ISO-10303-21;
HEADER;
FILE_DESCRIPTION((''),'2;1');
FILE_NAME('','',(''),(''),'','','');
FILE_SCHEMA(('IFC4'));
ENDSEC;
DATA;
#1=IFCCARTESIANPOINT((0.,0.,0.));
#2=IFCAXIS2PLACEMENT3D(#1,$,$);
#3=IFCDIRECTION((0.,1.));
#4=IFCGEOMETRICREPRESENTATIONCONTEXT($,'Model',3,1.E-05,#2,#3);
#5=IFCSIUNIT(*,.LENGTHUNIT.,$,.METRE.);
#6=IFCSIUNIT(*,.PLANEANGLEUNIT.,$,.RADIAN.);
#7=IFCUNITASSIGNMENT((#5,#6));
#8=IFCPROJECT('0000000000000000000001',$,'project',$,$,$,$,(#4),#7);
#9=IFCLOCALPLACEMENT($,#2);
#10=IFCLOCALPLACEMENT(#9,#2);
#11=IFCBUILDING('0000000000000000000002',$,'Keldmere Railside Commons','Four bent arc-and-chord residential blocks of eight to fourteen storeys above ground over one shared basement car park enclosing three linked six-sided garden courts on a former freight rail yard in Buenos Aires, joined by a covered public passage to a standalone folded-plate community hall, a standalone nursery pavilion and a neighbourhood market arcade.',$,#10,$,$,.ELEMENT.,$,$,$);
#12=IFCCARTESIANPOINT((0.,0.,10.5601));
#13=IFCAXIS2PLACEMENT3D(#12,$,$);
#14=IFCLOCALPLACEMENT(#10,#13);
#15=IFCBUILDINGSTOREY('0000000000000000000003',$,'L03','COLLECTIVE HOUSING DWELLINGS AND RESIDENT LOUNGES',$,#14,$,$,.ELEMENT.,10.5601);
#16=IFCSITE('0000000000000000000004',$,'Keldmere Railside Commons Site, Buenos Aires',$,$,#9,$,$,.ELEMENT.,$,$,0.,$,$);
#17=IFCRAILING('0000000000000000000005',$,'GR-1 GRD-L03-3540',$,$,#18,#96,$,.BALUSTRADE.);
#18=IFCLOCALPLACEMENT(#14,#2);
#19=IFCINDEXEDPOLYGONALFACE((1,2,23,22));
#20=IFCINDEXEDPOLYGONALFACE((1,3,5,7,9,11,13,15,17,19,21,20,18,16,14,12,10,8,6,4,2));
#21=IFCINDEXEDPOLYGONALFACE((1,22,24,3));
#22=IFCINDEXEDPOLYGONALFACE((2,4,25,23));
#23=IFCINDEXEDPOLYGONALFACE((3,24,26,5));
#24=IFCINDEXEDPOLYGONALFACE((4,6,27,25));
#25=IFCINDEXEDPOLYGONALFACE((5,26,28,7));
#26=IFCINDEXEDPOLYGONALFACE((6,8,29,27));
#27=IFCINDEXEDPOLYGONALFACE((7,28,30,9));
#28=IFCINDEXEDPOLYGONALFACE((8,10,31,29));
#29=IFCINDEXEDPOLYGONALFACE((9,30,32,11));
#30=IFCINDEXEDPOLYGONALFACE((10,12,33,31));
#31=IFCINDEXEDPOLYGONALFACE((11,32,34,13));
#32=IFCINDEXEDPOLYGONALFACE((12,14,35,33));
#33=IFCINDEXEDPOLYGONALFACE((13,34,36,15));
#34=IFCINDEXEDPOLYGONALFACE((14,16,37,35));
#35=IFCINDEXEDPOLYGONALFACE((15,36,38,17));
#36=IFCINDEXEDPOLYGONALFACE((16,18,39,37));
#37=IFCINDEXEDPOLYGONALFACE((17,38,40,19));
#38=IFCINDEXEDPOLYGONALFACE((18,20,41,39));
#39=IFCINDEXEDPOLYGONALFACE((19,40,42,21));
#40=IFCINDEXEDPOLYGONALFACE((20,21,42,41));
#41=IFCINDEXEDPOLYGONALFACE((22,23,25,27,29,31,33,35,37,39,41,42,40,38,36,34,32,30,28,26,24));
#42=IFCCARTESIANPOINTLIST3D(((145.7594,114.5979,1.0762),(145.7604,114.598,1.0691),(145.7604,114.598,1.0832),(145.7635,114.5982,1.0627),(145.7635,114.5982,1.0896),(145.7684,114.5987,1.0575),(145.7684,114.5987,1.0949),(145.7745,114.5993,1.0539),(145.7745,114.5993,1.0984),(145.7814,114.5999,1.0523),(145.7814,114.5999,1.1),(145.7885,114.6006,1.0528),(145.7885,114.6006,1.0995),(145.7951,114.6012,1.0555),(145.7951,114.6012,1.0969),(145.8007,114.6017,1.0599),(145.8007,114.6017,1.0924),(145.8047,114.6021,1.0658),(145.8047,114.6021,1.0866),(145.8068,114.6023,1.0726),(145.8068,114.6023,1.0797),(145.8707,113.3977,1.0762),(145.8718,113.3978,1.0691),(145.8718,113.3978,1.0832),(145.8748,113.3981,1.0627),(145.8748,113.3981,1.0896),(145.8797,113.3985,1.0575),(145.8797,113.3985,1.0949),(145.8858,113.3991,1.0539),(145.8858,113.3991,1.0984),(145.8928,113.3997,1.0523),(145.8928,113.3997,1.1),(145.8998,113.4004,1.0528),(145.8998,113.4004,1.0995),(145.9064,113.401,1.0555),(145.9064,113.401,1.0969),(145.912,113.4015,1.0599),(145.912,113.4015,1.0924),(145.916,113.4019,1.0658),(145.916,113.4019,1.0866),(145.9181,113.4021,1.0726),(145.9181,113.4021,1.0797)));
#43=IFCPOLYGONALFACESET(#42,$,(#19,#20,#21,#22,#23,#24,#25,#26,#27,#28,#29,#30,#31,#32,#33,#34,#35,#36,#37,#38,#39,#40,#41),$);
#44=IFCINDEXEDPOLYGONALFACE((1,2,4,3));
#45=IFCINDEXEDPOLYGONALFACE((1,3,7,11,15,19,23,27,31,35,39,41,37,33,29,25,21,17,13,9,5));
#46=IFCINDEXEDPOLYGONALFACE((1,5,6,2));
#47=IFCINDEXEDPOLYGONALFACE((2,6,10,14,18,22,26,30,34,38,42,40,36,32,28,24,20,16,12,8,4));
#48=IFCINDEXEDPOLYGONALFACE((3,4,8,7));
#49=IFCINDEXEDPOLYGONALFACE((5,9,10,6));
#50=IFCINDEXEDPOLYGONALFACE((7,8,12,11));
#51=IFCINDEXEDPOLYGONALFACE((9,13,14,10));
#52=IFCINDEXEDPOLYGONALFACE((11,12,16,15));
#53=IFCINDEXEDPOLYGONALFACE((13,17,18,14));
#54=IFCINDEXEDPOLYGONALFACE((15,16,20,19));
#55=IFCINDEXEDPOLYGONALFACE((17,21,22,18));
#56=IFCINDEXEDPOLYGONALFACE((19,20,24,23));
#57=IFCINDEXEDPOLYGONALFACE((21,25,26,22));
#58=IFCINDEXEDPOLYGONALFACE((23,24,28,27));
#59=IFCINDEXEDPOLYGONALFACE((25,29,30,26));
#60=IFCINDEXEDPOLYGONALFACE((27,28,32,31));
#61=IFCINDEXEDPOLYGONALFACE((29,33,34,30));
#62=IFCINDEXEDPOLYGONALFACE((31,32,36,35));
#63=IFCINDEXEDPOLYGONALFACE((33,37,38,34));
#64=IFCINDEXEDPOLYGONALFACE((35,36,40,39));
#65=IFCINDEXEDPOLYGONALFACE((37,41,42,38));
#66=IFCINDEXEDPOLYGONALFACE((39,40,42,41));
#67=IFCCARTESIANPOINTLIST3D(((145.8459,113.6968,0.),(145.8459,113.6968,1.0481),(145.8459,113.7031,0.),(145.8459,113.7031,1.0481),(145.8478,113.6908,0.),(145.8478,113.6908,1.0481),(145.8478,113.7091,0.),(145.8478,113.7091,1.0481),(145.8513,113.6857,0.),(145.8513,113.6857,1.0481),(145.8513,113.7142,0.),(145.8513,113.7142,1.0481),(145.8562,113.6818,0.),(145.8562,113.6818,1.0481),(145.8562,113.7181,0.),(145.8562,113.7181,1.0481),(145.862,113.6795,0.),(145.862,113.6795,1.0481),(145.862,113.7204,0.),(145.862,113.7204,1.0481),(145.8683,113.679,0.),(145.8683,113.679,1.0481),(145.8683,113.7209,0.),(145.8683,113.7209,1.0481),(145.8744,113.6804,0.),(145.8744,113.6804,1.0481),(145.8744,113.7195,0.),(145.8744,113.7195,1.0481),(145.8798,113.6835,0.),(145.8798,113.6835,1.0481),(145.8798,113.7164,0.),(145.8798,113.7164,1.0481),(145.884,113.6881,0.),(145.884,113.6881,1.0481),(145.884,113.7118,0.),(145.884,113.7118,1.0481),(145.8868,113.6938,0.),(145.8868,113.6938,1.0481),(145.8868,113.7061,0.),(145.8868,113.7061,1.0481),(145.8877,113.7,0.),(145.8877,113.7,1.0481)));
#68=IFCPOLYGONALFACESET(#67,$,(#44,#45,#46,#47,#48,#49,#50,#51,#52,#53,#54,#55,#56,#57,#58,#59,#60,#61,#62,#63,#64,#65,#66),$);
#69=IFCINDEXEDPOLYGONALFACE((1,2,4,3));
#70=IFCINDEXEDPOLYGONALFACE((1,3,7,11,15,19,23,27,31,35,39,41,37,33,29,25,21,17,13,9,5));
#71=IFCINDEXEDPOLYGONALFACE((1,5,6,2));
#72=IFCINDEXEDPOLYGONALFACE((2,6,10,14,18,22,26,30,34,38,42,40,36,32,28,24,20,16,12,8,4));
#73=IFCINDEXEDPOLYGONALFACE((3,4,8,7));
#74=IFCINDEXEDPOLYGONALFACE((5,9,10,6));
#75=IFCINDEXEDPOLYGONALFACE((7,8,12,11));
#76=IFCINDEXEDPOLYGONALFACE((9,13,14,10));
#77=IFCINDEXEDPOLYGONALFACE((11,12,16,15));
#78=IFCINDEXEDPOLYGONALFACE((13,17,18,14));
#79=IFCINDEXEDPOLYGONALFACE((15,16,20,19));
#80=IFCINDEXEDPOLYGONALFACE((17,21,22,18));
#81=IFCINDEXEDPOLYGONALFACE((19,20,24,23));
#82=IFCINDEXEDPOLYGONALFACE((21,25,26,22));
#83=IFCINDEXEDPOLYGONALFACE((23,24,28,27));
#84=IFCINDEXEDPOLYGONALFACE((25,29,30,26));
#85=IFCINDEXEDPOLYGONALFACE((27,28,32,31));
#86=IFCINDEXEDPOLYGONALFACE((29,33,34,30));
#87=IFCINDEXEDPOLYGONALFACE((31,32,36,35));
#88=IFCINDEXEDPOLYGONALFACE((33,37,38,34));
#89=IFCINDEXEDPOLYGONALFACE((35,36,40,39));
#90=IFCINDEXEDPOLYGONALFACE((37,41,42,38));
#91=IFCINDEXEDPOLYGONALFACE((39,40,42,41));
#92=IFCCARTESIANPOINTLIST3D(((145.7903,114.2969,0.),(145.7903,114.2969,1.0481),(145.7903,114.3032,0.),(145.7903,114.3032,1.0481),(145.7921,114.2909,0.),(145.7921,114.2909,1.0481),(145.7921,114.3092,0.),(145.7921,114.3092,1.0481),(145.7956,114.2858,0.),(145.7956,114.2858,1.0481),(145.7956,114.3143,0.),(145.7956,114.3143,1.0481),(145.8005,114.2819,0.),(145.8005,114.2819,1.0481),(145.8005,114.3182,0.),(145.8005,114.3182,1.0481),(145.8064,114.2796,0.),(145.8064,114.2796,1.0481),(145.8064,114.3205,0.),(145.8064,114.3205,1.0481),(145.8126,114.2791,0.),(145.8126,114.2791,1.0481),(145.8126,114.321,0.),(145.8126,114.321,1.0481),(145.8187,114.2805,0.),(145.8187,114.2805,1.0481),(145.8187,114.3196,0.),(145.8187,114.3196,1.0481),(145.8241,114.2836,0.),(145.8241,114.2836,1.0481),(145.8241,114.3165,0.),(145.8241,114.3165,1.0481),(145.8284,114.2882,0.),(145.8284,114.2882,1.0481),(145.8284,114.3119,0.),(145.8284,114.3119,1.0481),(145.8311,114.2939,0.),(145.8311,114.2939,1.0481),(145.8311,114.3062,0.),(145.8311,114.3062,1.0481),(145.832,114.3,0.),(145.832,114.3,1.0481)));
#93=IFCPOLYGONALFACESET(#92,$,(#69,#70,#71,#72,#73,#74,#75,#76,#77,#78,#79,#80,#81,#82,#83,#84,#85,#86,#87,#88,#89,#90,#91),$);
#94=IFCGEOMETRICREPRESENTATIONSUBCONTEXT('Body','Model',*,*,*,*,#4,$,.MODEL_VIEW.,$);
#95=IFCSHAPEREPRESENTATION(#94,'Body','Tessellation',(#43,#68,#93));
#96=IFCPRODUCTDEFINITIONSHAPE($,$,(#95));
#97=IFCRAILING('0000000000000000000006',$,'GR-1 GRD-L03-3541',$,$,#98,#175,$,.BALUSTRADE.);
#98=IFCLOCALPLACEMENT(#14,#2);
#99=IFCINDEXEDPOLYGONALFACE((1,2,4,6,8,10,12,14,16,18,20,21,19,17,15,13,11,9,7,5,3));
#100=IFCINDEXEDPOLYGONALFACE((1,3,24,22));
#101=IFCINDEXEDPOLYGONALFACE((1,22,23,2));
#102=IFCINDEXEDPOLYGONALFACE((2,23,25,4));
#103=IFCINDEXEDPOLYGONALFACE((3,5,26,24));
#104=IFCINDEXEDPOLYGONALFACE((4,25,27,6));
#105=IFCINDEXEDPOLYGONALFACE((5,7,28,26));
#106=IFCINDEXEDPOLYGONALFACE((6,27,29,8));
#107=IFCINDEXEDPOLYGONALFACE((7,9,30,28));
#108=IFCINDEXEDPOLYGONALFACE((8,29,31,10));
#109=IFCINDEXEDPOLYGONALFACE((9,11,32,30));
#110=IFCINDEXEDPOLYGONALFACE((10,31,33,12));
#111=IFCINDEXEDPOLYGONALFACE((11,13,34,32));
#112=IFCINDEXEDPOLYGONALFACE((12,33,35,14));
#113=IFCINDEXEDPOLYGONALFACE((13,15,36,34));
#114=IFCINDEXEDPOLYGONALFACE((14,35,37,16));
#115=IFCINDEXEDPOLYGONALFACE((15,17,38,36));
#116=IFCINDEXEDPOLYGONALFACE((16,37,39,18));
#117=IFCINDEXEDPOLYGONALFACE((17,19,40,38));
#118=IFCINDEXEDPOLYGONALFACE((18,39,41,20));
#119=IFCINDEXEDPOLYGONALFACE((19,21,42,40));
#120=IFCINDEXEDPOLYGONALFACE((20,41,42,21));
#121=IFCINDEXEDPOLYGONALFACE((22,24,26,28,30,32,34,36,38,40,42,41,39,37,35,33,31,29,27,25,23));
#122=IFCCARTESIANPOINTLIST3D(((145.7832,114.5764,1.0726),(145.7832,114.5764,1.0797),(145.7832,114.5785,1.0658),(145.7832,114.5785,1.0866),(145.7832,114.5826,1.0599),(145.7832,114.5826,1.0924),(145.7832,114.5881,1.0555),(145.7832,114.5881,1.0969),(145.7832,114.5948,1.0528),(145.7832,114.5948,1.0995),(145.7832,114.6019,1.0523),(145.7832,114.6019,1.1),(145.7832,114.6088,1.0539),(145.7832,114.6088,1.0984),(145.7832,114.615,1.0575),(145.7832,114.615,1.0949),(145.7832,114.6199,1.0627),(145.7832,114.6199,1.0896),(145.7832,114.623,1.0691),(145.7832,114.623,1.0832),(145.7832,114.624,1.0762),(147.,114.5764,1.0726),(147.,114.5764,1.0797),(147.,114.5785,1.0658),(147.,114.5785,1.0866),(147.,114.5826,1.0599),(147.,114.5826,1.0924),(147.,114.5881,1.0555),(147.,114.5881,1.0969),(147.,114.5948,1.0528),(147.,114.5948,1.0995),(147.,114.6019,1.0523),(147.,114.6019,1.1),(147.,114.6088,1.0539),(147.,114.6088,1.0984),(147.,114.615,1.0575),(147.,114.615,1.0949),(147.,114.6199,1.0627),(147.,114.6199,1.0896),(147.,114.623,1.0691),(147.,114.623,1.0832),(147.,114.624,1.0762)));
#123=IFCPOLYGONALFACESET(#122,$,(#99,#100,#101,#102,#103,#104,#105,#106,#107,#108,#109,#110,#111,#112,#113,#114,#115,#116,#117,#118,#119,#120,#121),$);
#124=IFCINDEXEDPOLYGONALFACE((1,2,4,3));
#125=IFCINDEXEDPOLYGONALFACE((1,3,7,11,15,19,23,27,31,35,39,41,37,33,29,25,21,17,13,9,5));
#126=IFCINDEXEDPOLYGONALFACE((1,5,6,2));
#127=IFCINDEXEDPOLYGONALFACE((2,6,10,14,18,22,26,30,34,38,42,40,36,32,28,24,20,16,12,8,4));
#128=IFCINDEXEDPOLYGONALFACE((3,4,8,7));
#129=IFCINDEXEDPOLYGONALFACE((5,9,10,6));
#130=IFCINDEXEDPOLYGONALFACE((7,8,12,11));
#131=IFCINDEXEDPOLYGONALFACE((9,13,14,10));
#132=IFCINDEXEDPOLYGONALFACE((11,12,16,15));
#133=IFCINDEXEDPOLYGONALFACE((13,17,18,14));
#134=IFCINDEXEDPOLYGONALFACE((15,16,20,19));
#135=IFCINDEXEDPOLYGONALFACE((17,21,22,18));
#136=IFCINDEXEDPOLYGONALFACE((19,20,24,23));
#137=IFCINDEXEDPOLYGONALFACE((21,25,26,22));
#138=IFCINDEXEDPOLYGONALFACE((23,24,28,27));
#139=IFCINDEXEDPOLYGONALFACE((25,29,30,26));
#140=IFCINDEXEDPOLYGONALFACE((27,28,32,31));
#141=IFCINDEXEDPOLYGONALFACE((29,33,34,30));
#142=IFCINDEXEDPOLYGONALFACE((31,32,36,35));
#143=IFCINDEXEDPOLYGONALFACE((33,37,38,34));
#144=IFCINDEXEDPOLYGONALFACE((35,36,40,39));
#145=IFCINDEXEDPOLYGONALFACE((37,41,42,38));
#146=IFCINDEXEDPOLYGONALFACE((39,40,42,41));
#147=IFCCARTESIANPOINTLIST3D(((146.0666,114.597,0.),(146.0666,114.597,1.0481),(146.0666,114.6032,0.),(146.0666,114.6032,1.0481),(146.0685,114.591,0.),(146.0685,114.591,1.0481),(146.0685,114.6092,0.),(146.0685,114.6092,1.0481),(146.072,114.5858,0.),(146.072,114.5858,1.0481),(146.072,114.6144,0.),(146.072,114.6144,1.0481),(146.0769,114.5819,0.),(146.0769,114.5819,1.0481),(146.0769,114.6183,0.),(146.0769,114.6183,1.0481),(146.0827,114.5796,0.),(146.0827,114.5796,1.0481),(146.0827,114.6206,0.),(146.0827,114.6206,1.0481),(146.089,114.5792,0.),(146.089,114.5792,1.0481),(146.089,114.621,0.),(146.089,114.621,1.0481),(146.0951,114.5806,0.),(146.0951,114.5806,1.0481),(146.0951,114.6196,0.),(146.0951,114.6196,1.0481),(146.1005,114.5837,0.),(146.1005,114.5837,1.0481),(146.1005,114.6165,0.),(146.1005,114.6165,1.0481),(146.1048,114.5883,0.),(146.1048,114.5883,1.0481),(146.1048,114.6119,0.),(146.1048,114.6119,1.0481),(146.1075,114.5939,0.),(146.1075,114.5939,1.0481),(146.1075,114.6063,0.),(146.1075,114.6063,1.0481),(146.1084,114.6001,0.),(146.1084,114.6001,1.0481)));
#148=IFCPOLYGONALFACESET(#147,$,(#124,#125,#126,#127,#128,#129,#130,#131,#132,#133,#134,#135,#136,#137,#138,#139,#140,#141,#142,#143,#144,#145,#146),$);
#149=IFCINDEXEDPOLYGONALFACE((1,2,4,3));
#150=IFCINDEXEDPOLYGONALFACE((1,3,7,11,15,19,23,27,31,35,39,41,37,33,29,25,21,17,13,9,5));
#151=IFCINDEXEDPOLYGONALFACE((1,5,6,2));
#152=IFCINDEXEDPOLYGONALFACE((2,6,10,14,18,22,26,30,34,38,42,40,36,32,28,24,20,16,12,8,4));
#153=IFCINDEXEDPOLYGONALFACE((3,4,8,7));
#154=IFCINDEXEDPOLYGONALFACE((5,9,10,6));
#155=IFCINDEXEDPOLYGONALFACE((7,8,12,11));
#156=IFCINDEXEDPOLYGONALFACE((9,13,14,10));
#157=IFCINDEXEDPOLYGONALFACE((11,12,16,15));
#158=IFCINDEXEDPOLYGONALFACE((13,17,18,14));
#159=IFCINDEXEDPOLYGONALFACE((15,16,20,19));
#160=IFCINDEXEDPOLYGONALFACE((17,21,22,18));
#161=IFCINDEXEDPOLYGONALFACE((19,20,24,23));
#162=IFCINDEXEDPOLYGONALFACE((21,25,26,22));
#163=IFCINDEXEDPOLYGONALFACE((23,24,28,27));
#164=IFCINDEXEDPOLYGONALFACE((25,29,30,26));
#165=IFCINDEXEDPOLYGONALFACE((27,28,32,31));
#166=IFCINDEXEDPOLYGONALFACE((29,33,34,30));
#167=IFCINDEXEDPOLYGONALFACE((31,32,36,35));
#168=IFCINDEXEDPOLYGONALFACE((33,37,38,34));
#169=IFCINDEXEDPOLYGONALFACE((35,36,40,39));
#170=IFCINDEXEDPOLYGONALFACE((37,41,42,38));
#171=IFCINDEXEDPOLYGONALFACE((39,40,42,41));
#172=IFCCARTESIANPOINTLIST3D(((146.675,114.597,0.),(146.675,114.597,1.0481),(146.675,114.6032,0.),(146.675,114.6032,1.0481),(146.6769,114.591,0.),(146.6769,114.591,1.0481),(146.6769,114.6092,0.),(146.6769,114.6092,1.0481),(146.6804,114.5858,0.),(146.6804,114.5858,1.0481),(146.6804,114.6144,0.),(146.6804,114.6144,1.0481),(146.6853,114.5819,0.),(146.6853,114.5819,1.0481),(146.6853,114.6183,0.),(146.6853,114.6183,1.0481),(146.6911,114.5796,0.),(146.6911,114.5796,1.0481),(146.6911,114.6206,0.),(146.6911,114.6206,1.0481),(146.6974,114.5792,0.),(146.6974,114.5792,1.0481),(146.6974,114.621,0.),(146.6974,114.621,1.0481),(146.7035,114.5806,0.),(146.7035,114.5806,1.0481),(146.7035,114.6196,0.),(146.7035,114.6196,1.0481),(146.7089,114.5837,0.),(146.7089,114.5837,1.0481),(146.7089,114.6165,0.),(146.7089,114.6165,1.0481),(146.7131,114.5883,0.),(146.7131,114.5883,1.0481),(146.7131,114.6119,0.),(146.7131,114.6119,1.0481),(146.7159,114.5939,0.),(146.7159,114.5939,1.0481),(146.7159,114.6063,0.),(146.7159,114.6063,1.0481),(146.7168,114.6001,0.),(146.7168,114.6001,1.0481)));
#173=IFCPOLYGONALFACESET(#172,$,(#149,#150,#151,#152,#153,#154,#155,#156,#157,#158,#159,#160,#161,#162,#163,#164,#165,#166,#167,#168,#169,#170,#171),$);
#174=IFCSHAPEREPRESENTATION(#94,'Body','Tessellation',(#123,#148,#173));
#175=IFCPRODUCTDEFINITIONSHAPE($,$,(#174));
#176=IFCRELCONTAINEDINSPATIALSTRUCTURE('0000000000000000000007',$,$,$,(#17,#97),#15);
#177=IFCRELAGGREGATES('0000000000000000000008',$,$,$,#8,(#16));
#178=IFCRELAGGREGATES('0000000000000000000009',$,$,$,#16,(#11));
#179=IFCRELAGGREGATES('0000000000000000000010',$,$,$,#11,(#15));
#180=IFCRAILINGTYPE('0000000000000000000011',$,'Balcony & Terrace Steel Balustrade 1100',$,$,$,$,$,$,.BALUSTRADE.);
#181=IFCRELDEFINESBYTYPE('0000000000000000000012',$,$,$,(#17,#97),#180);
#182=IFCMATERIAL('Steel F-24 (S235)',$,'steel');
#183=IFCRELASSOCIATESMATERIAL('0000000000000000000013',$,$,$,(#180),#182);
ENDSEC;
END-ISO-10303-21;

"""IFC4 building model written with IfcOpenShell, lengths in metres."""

from ifc_helpers import new_model, si_unit, direction, frame, origin, origin_2d, place, context, subcontext, project, spatial, circle, extrude, material, type_object, element, save


model = new_model("IFC4")

# Units and contexts
model_context = context("Model", 3, precision=1e-05, world=origin(), true_north=direction((0.0, 1.0)))
body_context = subcontext(model_context, "Body", "Model", "MODEL_VIEW")
ifc_project = project(units=[si_unit("LENGTHUNIT", "METRE"), si_unit("PLANEANGLEUNIT", "RADIAN")], contexts=[model_context])

# Site, building, storey
site_placement = place(None, origin())
site = spatial("IfcSite", under=ifc_project, at=site_placement, Name="Keldmere Railside Commons Site, Buenos Aires", CompositionType="ELEMENT", RefElevation=0.0)
building_placement = place(site_placement, origin())
building = spatial("IfcBuilding", under=site, at=building_placement, Name="Keldmere Railside Commons", Description="Four bent arc-and-chord residential blocks of eight to fourteen storeys above ground over one shared basement car park enclosing three linked six-sided garden courts on a former freight rail yard in Buenos Aires, joined by a covered public passage to a standalone folded-plate community hall, a standalone nursery pavilion and a neighbourhood market arcade.", CompositionType="ELEMENT")
storey_placement = place(building_placement, frame((0.0, 0.0, 10.5601)))
storey = spatial("IfcBuildingStorey", under=building, at=storey_placement, Name="L03", Description="COLLECTIVE HOUSING DWELLINGS AND RESIDENT LOUNGES", CompositionType="ELEMENT", Elevation=10.5601)

# Shared definitions
ifc_material_1 = material(Name="Steel F-24 (S235)", Category="steel")

# Railings
railing_type = type_object("IfcRailingType", Name="Balcony & Terrace Steel Balustrade 1100", PredefinedType="BALUSTRADE", material=ifc_material_1)
railing_1_placement = place(storey_placement, frame((145.8945, 113.3999, 0.0)))
element("IfcRailing", 1, at=railing_1_placement, inside=storey, type_object=railing_type, Name="GR-1 GRD-L03-3540", PredefinedType="BALUSTRADE", context=body_context, shape_type="SweptSolid", body=[
    extrude(circle(Radius=0.0239, at=origin_2d()), frame((0.0, 0.0, 1.0762), z_axis=(-0.092362, 0.995726, 0.0), x_axis=(-0.995726, -0.092362, 0.0)), (0.0, 0.0, 1.0), 1.2053),
    extrude(circle(Radius=0.021, at=origin_2d()), frame((-0.0278, 0.3, 0.0)), (0.0, 0.0, 1.0), 1.0481),
    extrude(circle(Radius=0.021, at=origin_2d()), frame((-0.0835, 0.9001, 0.0)), (0.0, 0.0, 1.0), 1.0481),
])
railing_2_placement = place(storey_placement, frame((145.7832, 114.6001, 0.0)))
element("IfcRailing", 2, at=railing_2_placement, inside=storey, type_object=railing_type, Name="GR-1 GRD-L03-3541", PredefinedType="BALUSTRADE", context=body_context, shape_type="SweptSolid", body=[
    extrude(circle(Radius=0.0239, at=origin_2d()), frame((0.0, 0.0, 1.0762), z_axis=(1.0, 0.0, 0.0), x_axis=(0.0, 1.0, 0.0)), (0.0, 0.0, 1.0), 1.2168),
    extrude(circle(Radius=0.021, at=origin_2d()), frame((0.3042, 0.0, 0.0)), (0.0, 0.0, 1.0), 1.0481),
    extrude(circle(Radius=0.021, at=origin_2d()), frame((0.9126, 0.0, 0.0)), (0.0, 0.0, 1.0), 1.0481),
])

save(model, "model.ifc")
